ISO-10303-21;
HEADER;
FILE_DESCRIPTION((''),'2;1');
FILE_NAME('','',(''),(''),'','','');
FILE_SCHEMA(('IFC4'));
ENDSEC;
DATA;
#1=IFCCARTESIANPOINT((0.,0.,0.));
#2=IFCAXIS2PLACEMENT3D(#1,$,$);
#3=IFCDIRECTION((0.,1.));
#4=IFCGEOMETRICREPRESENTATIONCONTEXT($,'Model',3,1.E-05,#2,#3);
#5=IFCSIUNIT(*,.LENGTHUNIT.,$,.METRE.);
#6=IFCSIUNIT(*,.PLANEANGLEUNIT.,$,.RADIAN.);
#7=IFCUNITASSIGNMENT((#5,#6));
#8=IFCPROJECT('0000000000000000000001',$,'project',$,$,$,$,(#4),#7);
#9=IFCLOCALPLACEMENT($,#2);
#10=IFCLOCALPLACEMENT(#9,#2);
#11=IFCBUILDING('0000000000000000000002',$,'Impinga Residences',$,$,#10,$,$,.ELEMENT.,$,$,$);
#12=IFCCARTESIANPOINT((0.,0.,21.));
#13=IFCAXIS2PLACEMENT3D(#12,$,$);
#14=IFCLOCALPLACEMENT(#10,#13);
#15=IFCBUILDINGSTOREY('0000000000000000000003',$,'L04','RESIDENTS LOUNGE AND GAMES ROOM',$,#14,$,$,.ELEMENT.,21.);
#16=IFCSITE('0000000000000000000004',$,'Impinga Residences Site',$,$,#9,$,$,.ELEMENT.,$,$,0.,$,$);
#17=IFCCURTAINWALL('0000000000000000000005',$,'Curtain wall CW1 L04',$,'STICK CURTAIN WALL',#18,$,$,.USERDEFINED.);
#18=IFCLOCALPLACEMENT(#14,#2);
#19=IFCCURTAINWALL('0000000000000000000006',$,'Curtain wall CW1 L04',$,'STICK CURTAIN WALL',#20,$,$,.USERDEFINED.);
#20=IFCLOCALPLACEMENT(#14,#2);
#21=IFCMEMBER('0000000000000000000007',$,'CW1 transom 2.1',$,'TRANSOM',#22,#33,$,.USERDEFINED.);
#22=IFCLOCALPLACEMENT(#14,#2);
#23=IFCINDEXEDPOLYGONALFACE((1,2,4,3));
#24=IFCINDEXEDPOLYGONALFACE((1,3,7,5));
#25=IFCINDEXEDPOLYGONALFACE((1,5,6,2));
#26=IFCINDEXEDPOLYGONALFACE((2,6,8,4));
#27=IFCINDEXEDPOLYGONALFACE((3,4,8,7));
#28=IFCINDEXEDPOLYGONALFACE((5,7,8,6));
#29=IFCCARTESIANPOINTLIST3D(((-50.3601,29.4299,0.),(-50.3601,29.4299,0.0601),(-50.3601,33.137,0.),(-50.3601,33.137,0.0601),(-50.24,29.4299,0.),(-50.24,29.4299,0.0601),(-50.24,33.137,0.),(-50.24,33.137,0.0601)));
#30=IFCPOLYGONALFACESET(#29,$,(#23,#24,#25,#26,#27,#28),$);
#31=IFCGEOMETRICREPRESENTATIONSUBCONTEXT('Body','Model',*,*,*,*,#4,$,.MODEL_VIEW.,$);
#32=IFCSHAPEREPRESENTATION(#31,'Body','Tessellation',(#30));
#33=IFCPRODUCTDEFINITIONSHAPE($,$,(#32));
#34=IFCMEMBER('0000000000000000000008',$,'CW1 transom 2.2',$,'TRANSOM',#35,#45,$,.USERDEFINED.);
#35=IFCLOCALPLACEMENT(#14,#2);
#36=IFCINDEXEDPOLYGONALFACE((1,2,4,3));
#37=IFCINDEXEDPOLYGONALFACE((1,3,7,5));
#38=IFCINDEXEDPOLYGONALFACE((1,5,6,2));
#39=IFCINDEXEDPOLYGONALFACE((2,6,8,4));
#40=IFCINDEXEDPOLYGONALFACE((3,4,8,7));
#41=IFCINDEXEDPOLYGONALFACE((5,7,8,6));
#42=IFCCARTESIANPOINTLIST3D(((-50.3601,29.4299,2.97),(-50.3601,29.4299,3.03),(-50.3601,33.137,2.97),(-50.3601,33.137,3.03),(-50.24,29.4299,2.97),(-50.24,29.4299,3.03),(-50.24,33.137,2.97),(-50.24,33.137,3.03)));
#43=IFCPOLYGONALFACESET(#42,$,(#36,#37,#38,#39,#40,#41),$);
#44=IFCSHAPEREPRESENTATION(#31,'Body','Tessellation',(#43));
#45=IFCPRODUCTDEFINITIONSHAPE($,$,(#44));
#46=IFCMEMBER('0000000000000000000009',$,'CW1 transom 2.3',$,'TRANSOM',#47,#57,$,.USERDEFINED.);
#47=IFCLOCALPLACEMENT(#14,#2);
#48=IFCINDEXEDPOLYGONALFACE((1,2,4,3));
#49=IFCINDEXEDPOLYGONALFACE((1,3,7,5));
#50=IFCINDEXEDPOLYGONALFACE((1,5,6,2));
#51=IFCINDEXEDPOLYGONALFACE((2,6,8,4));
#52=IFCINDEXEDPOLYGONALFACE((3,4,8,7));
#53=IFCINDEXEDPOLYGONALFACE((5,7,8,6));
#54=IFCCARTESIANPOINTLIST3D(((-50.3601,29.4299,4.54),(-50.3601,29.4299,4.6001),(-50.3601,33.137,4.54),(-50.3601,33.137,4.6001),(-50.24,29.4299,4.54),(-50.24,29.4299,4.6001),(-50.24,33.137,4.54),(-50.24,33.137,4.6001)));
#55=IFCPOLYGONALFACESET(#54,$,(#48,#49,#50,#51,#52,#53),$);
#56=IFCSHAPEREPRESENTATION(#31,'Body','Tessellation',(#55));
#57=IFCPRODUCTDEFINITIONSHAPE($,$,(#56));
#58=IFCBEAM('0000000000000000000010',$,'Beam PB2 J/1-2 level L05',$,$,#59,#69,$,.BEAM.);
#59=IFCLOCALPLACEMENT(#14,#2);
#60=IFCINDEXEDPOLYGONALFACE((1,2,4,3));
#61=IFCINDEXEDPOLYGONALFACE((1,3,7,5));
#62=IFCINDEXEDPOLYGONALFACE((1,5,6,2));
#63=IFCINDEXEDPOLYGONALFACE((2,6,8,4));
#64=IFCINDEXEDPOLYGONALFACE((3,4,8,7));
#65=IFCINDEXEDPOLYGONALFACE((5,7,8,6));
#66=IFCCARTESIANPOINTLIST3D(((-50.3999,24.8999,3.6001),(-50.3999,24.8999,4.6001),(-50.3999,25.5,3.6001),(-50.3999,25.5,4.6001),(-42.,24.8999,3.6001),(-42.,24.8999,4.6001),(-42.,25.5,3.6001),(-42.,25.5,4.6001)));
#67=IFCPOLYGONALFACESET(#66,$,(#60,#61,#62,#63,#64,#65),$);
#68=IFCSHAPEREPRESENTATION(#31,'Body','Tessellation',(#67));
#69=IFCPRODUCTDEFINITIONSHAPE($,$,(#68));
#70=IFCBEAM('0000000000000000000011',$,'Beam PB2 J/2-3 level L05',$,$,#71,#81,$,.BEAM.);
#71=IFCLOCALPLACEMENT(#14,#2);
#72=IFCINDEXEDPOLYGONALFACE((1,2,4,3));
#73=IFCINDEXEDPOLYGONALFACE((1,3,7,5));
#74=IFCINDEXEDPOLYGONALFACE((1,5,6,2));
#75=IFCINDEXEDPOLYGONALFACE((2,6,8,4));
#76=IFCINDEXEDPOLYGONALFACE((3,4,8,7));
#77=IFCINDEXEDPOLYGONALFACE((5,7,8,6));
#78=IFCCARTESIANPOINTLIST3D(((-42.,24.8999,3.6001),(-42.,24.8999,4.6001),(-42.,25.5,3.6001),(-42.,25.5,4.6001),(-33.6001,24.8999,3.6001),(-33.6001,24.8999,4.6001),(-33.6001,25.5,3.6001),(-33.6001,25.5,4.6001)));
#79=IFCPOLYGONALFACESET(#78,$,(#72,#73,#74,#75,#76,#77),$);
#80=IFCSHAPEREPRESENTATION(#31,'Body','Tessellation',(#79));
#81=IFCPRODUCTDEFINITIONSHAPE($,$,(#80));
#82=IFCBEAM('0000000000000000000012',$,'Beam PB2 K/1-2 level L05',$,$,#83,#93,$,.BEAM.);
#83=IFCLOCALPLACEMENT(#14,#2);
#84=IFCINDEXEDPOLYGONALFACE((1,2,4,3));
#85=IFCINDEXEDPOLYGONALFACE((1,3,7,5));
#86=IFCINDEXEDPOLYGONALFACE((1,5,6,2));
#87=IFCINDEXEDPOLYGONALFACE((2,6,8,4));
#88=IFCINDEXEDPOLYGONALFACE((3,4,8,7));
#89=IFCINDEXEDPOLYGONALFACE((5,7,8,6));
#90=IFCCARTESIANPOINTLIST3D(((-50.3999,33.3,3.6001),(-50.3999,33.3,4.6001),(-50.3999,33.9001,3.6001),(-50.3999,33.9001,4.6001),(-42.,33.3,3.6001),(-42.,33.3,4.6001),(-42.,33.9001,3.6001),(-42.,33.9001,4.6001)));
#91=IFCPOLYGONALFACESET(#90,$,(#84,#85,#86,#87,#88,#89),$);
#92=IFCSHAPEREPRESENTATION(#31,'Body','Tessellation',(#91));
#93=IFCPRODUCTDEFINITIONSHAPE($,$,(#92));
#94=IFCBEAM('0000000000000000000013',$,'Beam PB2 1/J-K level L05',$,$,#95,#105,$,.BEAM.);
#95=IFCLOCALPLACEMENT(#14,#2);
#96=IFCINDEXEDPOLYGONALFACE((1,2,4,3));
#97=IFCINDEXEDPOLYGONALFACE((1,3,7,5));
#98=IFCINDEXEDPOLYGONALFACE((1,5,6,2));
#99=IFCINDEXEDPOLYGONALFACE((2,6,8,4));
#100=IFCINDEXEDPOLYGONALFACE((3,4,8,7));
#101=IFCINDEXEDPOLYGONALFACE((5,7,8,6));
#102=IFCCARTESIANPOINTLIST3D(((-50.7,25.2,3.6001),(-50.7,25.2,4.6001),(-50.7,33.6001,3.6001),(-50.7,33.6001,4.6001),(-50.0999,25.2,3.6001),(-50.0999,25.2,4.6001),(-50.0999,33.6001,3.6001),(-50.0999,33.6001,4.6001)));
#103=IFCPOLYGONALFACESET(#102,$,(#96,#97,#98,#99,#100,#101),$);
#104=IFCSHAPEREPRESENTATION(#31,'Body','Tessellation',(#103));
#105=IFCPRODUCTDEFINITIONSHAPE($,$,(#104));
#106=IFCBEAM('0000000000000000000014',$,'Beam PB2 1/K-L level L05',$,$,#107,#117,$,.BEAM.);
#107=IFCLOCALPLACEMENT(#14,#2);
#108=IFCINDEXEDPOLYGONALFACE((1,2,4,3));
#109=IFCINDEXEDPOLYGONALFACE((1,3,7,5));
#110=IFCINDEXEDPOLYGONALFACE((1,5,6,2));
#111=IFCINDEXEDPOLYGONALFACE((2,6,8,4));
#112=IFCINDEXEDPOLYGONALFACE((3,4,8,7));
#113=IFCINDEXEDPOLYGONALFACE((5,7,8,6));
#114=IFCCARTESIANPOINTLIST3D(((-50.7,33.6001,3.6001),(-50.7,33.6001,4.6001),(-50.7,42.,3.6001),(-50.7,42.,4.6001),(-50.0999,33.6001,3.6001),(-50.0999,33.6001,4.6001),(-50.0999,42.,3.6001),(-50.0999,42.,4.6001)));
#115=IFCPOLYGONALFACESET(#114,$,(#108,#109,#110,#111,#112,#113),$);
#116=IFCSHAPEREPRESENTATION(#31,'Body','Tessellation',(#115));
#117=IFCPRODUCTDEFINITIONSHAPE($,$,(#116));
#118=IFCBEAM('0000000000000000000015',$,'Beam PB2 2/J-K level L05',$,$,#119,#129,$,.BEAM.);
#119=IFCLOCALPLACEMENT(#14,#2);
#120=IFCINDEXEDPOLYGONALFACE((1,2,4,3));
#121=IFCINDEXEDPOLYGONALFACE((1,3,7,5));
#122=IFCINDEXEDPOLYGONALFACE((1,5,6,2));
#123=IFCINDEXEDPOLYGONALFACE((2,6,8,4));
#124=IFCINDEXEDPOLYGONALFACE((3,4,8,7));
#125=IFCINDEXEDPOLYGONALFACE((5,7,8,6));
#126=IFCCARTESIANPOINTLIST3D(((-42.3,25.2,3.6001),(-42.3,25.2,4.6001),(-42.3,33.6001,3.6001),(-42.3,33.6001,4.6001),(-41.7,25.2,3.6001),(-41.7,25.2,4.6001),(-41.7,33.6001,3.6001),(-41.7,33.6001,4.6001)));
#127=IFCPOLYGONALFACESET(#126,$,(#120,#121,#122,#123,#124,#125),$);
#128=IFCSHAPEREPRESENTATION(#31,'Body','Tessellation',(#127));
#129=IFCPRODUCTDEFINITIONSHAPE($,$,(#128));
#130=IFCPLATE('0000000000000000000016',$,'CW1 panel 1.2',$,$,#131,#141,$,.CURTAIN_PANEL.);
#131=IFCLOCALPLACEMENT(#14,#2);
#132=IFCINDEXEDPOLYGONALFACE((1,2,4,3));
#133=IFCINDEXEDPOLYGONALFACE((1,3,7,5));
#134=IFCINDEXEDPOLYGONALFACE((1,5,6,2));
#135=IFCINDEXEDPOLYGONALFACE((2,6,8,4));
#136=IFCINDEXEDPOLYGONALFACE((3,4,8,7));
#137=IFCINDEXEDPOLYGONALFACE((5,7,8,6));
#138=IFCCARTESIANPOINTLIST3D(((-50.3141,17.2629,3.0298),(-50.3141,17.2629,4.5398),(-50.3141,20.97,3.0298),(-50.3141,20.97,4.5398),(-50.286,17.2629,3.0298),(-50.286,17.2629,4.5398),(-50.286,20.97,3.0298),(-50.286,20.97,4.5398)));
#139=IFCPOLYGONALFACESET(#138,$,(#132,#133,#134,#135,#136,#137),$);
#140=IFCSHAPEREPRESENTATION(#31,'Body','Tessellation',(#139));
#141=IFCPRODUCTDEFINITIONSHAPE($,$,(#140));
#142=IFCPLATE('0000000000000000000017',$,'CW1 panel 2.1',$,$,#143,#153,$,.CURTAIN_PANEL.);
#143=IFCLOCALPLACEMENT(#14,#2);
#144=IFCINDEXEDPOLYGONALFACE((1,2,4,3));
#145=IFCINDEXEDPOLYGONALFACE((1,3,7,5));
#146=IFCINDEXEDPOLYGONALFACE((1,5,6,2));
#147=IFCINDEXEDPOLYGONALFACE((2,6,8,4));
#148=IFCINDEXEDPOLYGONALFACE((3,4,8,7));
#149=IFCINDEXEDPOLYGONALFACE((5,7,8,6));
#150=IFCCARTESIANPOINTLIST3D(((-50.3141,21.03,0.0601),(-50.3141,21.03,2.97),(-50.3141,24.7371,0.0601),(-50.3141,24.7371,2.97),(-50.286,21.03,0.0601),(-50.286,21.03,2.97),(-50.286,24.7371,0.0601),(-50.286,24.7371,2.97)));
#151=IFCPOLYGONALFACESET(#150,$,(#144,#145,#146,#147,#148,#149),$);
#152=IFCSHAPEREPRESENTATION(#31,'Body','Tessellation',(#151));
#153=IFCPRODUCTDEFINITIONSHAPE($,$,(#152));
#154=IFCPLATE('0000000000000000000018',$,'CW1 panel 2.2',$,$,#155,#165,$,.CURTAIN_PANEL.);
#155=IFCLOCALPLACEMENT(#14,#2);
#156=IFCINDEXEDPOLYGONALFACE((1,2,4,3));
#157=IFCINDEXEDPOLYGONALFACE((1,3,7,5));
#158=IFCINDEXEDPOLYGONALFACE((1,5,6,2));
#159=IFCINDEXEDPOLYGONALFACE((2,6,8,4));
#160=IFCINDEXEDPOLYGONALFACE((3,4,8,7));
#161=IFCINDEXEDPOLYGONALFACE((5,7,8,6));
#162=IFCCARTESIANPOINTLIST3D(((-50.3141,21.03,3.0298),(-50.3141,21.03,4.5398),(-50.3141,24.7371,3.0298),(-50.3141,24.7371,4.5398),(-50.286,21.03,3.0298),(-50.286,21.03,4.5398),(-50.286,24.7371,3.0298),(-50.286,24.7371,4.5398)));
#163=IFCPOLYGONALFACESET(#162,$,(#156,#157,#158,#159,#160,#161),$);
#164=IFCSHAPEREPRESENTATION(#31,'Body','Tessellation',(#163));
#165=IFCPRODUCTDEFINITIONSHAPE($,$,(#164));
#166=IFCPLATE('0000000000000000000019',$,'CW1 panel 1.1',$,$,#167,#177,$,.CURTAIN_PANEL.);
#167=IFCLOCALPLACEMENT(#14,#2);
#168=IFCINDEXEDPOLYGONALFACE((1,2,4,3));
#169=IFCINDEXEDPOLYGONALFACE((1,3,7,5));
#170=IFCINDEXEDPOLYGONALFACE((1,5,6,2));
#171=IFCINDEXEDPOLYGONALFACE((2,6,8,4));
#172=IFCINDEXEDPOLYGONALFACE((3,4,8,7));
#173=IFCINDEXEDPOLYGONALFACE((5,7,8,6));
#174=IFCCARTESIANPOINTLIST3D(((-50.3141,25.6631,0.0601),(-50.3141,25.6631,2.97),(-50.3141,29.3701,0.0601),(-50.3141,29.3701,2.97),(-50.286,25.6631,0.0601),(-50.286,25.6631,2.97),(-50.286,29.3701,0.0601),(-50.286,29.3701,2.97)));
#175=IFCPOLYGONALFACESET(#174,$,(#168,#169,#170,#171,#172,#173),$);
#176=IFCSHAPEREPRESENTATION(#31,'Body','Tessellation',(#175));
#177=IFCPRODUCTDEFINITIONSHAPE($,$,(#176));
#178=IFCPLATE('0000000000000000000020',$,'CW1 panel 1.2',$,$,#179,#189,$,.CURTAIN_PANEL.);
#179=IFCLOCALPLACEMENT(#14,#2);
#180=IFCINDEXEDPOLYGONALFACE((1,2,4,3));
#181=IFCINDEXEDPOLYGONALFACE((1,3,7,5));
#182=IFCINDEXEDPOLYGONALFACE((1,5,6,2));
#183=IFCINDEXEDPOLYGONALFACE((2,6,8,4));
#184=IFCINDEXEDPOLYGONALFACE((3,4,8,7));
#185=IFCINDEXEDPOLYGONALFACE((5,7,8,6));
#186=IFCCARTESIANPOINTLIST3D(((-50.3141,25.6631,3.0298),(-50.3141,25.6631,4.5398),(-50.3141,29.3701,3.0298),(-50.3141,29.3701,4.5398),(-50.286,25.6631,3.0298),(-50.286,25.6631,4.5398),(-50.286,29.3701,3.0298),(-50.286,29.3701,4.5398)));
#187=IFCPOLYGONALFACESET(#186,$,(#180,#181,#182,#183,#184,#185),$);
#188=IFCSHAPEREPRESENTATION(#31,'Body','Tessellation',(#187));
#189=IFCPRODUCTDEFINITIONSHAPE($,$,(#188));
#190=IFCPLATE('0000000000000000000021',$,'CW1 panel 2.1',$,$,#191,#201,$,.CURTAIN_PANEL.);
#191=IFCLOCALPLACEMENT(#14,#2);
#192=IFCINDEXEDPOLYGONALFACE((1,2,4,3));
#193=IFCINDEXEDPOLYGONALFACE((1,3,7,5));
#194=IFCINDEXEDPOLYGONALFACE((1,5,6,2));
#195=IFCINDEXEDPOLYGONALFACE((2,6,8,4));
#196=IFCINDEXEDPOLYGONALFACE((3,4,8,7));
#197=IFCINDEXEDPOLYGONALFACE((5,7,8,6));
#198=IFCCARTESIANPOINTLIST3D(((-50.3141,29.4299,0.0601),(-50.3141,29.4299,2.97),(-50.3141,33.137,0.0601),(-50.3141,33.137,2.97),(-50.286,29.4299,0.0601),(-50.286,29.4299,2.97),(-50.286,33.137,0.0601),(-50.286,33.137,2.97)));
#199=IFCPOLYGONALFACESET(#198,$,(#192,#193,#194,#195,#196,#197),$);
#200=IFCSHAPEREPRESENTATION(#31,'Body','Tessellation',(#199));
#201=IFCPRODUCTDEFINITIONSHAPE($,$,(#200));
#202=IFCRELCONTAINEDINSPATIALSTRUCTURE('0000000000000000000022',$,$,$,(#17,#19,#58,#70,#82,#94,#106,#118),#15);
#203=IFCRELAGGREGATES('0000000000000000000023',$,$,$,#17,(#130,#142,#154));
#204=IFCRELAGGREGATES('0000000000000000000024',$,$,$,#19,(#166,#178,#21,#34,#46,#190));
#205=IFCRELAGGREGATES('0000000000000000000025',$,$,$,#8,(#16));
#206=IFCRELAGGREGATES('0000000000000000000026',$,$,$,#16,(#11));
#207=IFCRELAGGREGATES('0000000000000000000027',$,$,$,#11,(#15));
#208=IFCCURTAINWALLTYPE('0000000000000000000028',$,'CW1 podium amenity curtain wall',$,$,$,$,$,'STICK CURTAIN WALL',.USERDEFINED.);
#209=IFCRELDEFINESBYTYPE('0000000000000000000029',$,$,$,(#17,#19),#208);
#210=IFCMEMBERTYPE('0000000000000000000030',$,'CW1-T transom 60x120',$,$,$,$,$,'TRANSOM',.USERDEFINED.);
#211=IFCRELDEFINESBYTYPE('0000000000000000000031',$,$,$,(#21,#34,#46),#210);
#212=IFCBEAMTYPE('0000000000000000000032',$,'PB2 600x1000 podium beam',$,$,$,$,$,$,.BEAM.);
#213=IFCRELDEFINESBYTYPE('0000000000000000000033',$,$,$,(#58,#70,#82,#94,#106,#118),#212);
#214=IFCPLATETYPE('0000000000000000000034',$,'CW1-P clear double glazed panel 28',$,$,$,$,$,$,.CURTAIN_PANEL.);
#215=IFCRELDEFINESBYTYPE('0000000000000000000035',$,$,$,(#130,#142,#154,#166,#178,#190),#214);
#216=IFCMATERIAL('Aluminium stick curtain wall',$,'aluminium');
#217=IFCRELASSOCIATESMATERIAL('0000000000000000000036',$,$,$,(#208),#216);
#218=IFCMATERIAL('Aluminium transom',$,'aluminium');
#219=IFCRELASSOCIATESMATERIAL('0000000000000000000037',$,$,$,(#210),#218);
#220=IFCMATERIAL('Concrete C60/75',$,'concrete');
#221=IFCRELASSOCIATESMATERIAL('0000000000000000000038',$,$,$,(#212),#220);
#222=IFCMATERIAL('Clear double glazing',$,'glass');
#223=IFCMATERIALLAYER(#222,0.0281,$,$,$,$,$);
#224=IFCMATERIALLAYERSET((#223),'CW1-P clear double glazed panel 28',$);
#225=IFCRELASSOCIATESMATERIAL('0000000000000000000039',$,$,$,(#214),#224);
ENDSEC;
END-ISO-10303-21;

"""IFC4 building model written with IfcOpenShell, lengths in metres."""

from ifc_helpers import new_model, si_unit, direction, frame, origin, origin_2d, place, context, subcontext, project, spatial, rectangle, extrude, material, layer, layer_set, material_profile, profile_set, type_object, element, aggregate, save


model = new_model("IFC4")

# Units and contexts
model_context = context("Model", 3, precision=1e-05, world=origin(), true_north=direction((0.0, 1.0)))
body_context = subcontext(model_context, "Body", "Model", "MODEL_VIEW")
ifc_project = project(units=[si_unit("LENGTHUNIT", "METRE"), si_unit("PLANEANGLEUNIT", "RADIAN")], contexts=[model_context])

# Site, building, storey
site_placement = place(None, origin())
site = spatial("IfcSite", under=ifc_project, at=site_placement, Name="Impinga Residences Site", CompositionType="ELEMENT", RefElevation=0.0)
building_placement = place(site_placement, origin())
building = spatial("IfcBuilding", under=site, at=building_placement, Name="Impinga Residences", CompositionType="ELEMENT")
storey_placement = place(building_placement, frame((0.0, 0.0, 21.0)))
storey = spatial("IfcBuildingStorey", under=building, at=storey_placement, Name="L04", Description="RESIDENTS LOUNGE AND GAMES ROOM", CompositionType="ELEMENT", Elevation=21.0)

# Curtain walls
ifc_material_1 = material(Name="Aluminium stick curtain wall", Category="aluminium")
curtain_wall_type = type_object("IfcCurtainWallType", Name="CW1 podium amenity curtain wall", ElementType="STICK CURTAIN WALL", PredefinedType="USERDEFINED", material=ifc_material_1)
curtain_wall_1_placement = place(storey_placement, origin())
curtain_wall_1 = element("IfcCurtainWall", 1, at=curtain_wall_1_placement, inside=storey, type_object=curtain_wall_type, Name="Curtain wall CW1 L04", ObjectType="STICK CURTAIN WALL", PredefinedType="USERDEFINED")
curtain_wall_2_placement = place(storey_placement, origin())
curtain_wall_2 = element("IfcCurtainWall", 2, at=curtain_wall_2_placement, inside=storey, type_object=curtain_wall_type, Name="Curtain wall CW1 L04", ObjectType="STICK CURTAIN WALL", PredefinedType="USERDEFINED")

# Members
ifc_material_2 = material(Name="Aluminium transom", Category="aluminium")
ifc_material_profile_1 = material_profile(ifc_material_2, rectangle(XDim=0.0601, YDim=0.1201, at=origin_2d()), Name="60x120 transom")
ifc_profile_set_1 = profile_set([ifc_material_profile_1], Name="Aluminium transom")
member_type_1 = type_object("IfcMemberType", Name="CW1-T transom 60x120", ElementType="TRANSOM", PredefinedType="USERDEFINED", material=ifc_profile_set_1)
member_1_placement = place(storey_placement, frame((-50.3, 29.4299, 0.03), z_axis=(0.0, 1.0, 0.0), x_axis=(0.0, 0.0, 1.0)))
member_1 = element("IfcMember", 3, at=member_1_placement, type_object=member_type_1, Name="CW1 transom 2.1", ObjectType="TRANSOM", PredefinedType="USERDEFINED", context=body_context, shape_type="SweptSolid", body=[
    extrude(rectangle(XDim=0.0601, YDim=0.1201, at=origin_2d()), origin(), (0.0, 0.0, 1.0), 3.707),
])
member_2_placement = place(storey_placement, frame((-50.3, 29.4299, 3.0), z_axis=(0.0, 1.0, 0.0), x_axis=(0.0, 0.0, 1.0)))
member_2 = element("IfcMember", 4, at=member_2_placement, type_object=member_type_1, Name="CW1 transom 2.2", ObjectType="TRANSOM", PredefinedType="USERDEFINED", context=body_context, shape_type="SweptSolid", body=[
    extrude(rectangle(XDim=0.0601, YDim=0.1201, at=origin_2d()), origin(), (0.0, 0.0, 1.0), 3.707),
])
member_3_placement = place(storey_placement, frame((-50.3, 29.4299, 4.5701), z_axis=(0.0, 1.0, 0.0), x_axis=(0.0, 0.0, 1.0)))
member_3 = element("IfcMember", 5, at=member_3_placement, type_object=member_type_1, Name="CW1 transom 2.3", ObjectType="TRANSOM", PredefinedType="USERDEFINED", context=body_context, shape_type="SweptSolid", body=[
    extrude(rectangle(XDim=0.0601, YDim=0.1201, at=origin_2d()), origin(), (0.0, 0.0, 1.0), 3.707),
])

# Beams
ifc_material_3 = material(Name="Concrete C60/75", Category="concrete")
ifc_material_profile_2 = material_profile(ifc_material_3, rectangle(XDim=0.6001, YDim=1.0, at=origin_2d()), Name="RC 600x1000")
ifc_profile_set_2 = profile_set([ifc_material_profile_2], Name="Concrete C60/75")
beam_type = type_object("IfcBeamType", Name="PB2 600x1000 podium beam", PredefinedType="BEAM", material=ifc_profile_set_2)
for number, where, z_axis, x_axis, name in (
    (6, (-50.3999, 25.2, 4.1001), (1.0, 0.0, 0.0), (0.0, 1.0, 0.0), "Beam PB2 J/1-2 level L05"),
    (7, (-42.0, 25.2, 4.1001), (1.0, 0.0, 0.0), (0.0, 1.0, 0.0), "Beam PB2 J/2-3 level L05"),
    (8, (-50.3999, 33.6001, 4.1001), (1.0, 0.0, 0.0), (0.0, 1.0, 0.0), "Beam PB2 K/1-2 level L05"),
):
    element("IfcBeam", number, at=place(storey_placement, frame(where, z_axis=z_axis, x_axis=x_axis)), inside=storey, type_object=beam_type, Name=name, PredefinedType="BEAM", context=body_context, shape_type="SweptSolid", body=[
        extrude(rectangle(XDim=0.6001, YDim=1.0, at=origin_2d()), origin(), (0.0, 0.0, 1.0), 8.3999),
    ])
beam_1_placement = place(storey_placement, frame((-50.3999, 25.2, 4.1001), z_axis=(0.0, 1.0, 0.0), x_axis=(-1.0, 0.0, 0.0)))
element("IfcBeam", 9, at=beam_1_placement, inside=storey, type_object=beam_type, Name="Beam PB2 1/J-K level L05", PredefinedType="BEAM", context=body_context, shape_type="SweptSolid", body=[
    extrude(rectangle(XDim=0.6001, YDim=1.0, at=origin_2d()), origin(), (0.0, 0.0, 1.0), 8.4001),
])
beam_2_placement = place(storey_placement, frame((-50.3999, 33.6001, 4.1001), z_axis=(0.0, 1.0, 0.0), x_axis=(-1.0, 0.0, 0.0)))
element("IfcBeam", 10, at=beam_2_placement, inside=storey, type_object=beam_type, Name="Beam PB2 1/K-L level L05", PredefinedType="BEAM", context=body_context, shape_type="SweptSolid", body=[
    extrude(rectangle(XDim=0.6001, YDim=1.0, at=origin_2d()), origin(), (0.0, 0.0, 1.0), 8.3999),
])
beam_3_placement = place(storey_placement, frame((-42.0, 25.2, 4.1001), z_axis=(0.0, 1.0, 0.0), x_axis=(-1.0, 0.0, 0.0)))
element("IfcBeam", 11, at=beam_3_placement, inside=storey, type_object=beam_type, Name="Beam PB2 2/J-K level L05", PredefinedType="BEAM", context=body_context, shape_type="SweptSolid", body=[
    extrude(rectangle(XDim=0.6001, YDim=1.0, at=origin_2d()), origin(), (0.0, 0.0, 1.0), 8.4001),
])

# Plates
ifc_material_4 = material(Name="Clear double glazing", Category="glass")
ifc_layer = layer(ifc_material_4, 0.0281)
ifc_layer_set = layer_set([ifc_layer], Name="CW1-P clear double glazed panel 28")
plate_type = type_object("IfcPlateType", Name="CW1-P clear double glazed panel 28", PredefinedType="CURTAIN_PANEL", material=ifc_layer_set)
plate_1_placement = place(storey_placement, frame((-50.3, 19.1165, 3.0298), z_axis=(0.0, 0.0, 1.0), x_axis=(0.0, 1.0, 0.0)))
plate_1 = element("IfcPlate", 12, at=plate_1_placement, type_object=plate_type, Name="CW1 panel 1.2", PredefinedType="CURTAIN_PANEL", context=body_context, shape_type="SweptSolid", body=[
    extrude(rectangle(XDim=3.707, YDim=0.0281, at=origin_2d()), origin(), (0.0, 0.0, 1.0), 1.51),
])
plate_2_placement = place(storey_placement, frame((-50.3, 22.8835, 0.0601), z_axis=(0.0, 0.0, 1.0), x_axis=(0.0, 1.0, 0.0)))
plate_2 = element("IfcPlate", 13, at=plate_2_placement, type_object=plate_type, Name="CW1 panel 2.1", PredefinedType="CURTAIN_PANEL", context=body_context, shape_type="SweptSolid", body=[
    extrude(rectangle(XDim=3.707, YDim=0.0281, at=origin_2d()), origin(), (0.0, 0.0, 1.0), 2.9099),
])
plate_3_placement = place(storey_placement, frame((-50.3, 22.8835, 3.0298), z_axis=(0.0, 0.0, 1.0), x_axis=(0.0, 1.0, 0.0)))
plate_3 = element("IfcPlate", 14, at=plate_3_placement, type_object=plate_type, Name="CW1 panel 2.2", PredefinedType="CURTAIN_PANEL", context=body_context, shape_type="SweptSolid", body=[
    extrude(rectangle(XDim=3.707, YDim=0.0281, at=origin_2d()), origin(), (0.0, 0.0, 1.0), 1.51),
])
aggregate(curtain_wall_1, [plate_1, plate_2, plate_3])
plate_4_placement = place(storey_placement, frame((-50.3, 27.5166, 0.0601), z_axis=(0.0, 0.0, 1.0), x_axis=(0.0, 1.0, 0.0)))
plate_4 = element("IfcPlate", 15, at=plate_4_placement, type_object=plate_type, Name="CW1 panel 1.1", PredefinedType="CURTAIN_PANEL", context=body_context, shape_type="SweptSolid", body=[
    extrude(rectangle(XDim=3.707, YDim=0.0281, at=origin_2d()), origin(), (0.0, 0.0, 1.0), 2.9099),
])
plate_5_placement = place(storey_placement, frame((-50.3, 27.5166, 3.0298), z_axis=(0.0, 0.0, 1.0), x_axis=(0.0, 1.0, 0.0)))
plate_5 = element("IfcPlate", 16, at=plate_5_placement, type_object=plate_type, Name="CW1 panel 1.2", PredefinedType="CURTAIN_PANEL", context=body_context, shape_type="SweptSolid", body=[
    extrude(rectangle(XDim=3.707, YDim=0.0281, at=origin_2d()), origin(), (0.0, 0.0, 1.0), 1.51),
])
plate_6_placement = place(storey_placement, frame((-50.3, 31.2834, 0.0601), z_axis=(0.0, 0.0, 1.0), x_axis=(0.0, 1.0, 0.0)))
plate_6 = element("IfcPlate", 17, at=plate_6_placement, type_object=plate_type, Name="CW1 panel 2.1", PredefinedType="CURTAIN_PANEL", context=body_context, shape_type="SweptSolid", body=[
    extrude(rectangle(XDim=3.707, YDim=0.0281, at=origin_2d()), origin(), (0.0, 0.0, 1.0), 2.9099),
])
aggregate(curtain_wall_2, [plate_4, plate_5, member_1, member_2, member_3, plate_6])

save(model, "model.ifc")
